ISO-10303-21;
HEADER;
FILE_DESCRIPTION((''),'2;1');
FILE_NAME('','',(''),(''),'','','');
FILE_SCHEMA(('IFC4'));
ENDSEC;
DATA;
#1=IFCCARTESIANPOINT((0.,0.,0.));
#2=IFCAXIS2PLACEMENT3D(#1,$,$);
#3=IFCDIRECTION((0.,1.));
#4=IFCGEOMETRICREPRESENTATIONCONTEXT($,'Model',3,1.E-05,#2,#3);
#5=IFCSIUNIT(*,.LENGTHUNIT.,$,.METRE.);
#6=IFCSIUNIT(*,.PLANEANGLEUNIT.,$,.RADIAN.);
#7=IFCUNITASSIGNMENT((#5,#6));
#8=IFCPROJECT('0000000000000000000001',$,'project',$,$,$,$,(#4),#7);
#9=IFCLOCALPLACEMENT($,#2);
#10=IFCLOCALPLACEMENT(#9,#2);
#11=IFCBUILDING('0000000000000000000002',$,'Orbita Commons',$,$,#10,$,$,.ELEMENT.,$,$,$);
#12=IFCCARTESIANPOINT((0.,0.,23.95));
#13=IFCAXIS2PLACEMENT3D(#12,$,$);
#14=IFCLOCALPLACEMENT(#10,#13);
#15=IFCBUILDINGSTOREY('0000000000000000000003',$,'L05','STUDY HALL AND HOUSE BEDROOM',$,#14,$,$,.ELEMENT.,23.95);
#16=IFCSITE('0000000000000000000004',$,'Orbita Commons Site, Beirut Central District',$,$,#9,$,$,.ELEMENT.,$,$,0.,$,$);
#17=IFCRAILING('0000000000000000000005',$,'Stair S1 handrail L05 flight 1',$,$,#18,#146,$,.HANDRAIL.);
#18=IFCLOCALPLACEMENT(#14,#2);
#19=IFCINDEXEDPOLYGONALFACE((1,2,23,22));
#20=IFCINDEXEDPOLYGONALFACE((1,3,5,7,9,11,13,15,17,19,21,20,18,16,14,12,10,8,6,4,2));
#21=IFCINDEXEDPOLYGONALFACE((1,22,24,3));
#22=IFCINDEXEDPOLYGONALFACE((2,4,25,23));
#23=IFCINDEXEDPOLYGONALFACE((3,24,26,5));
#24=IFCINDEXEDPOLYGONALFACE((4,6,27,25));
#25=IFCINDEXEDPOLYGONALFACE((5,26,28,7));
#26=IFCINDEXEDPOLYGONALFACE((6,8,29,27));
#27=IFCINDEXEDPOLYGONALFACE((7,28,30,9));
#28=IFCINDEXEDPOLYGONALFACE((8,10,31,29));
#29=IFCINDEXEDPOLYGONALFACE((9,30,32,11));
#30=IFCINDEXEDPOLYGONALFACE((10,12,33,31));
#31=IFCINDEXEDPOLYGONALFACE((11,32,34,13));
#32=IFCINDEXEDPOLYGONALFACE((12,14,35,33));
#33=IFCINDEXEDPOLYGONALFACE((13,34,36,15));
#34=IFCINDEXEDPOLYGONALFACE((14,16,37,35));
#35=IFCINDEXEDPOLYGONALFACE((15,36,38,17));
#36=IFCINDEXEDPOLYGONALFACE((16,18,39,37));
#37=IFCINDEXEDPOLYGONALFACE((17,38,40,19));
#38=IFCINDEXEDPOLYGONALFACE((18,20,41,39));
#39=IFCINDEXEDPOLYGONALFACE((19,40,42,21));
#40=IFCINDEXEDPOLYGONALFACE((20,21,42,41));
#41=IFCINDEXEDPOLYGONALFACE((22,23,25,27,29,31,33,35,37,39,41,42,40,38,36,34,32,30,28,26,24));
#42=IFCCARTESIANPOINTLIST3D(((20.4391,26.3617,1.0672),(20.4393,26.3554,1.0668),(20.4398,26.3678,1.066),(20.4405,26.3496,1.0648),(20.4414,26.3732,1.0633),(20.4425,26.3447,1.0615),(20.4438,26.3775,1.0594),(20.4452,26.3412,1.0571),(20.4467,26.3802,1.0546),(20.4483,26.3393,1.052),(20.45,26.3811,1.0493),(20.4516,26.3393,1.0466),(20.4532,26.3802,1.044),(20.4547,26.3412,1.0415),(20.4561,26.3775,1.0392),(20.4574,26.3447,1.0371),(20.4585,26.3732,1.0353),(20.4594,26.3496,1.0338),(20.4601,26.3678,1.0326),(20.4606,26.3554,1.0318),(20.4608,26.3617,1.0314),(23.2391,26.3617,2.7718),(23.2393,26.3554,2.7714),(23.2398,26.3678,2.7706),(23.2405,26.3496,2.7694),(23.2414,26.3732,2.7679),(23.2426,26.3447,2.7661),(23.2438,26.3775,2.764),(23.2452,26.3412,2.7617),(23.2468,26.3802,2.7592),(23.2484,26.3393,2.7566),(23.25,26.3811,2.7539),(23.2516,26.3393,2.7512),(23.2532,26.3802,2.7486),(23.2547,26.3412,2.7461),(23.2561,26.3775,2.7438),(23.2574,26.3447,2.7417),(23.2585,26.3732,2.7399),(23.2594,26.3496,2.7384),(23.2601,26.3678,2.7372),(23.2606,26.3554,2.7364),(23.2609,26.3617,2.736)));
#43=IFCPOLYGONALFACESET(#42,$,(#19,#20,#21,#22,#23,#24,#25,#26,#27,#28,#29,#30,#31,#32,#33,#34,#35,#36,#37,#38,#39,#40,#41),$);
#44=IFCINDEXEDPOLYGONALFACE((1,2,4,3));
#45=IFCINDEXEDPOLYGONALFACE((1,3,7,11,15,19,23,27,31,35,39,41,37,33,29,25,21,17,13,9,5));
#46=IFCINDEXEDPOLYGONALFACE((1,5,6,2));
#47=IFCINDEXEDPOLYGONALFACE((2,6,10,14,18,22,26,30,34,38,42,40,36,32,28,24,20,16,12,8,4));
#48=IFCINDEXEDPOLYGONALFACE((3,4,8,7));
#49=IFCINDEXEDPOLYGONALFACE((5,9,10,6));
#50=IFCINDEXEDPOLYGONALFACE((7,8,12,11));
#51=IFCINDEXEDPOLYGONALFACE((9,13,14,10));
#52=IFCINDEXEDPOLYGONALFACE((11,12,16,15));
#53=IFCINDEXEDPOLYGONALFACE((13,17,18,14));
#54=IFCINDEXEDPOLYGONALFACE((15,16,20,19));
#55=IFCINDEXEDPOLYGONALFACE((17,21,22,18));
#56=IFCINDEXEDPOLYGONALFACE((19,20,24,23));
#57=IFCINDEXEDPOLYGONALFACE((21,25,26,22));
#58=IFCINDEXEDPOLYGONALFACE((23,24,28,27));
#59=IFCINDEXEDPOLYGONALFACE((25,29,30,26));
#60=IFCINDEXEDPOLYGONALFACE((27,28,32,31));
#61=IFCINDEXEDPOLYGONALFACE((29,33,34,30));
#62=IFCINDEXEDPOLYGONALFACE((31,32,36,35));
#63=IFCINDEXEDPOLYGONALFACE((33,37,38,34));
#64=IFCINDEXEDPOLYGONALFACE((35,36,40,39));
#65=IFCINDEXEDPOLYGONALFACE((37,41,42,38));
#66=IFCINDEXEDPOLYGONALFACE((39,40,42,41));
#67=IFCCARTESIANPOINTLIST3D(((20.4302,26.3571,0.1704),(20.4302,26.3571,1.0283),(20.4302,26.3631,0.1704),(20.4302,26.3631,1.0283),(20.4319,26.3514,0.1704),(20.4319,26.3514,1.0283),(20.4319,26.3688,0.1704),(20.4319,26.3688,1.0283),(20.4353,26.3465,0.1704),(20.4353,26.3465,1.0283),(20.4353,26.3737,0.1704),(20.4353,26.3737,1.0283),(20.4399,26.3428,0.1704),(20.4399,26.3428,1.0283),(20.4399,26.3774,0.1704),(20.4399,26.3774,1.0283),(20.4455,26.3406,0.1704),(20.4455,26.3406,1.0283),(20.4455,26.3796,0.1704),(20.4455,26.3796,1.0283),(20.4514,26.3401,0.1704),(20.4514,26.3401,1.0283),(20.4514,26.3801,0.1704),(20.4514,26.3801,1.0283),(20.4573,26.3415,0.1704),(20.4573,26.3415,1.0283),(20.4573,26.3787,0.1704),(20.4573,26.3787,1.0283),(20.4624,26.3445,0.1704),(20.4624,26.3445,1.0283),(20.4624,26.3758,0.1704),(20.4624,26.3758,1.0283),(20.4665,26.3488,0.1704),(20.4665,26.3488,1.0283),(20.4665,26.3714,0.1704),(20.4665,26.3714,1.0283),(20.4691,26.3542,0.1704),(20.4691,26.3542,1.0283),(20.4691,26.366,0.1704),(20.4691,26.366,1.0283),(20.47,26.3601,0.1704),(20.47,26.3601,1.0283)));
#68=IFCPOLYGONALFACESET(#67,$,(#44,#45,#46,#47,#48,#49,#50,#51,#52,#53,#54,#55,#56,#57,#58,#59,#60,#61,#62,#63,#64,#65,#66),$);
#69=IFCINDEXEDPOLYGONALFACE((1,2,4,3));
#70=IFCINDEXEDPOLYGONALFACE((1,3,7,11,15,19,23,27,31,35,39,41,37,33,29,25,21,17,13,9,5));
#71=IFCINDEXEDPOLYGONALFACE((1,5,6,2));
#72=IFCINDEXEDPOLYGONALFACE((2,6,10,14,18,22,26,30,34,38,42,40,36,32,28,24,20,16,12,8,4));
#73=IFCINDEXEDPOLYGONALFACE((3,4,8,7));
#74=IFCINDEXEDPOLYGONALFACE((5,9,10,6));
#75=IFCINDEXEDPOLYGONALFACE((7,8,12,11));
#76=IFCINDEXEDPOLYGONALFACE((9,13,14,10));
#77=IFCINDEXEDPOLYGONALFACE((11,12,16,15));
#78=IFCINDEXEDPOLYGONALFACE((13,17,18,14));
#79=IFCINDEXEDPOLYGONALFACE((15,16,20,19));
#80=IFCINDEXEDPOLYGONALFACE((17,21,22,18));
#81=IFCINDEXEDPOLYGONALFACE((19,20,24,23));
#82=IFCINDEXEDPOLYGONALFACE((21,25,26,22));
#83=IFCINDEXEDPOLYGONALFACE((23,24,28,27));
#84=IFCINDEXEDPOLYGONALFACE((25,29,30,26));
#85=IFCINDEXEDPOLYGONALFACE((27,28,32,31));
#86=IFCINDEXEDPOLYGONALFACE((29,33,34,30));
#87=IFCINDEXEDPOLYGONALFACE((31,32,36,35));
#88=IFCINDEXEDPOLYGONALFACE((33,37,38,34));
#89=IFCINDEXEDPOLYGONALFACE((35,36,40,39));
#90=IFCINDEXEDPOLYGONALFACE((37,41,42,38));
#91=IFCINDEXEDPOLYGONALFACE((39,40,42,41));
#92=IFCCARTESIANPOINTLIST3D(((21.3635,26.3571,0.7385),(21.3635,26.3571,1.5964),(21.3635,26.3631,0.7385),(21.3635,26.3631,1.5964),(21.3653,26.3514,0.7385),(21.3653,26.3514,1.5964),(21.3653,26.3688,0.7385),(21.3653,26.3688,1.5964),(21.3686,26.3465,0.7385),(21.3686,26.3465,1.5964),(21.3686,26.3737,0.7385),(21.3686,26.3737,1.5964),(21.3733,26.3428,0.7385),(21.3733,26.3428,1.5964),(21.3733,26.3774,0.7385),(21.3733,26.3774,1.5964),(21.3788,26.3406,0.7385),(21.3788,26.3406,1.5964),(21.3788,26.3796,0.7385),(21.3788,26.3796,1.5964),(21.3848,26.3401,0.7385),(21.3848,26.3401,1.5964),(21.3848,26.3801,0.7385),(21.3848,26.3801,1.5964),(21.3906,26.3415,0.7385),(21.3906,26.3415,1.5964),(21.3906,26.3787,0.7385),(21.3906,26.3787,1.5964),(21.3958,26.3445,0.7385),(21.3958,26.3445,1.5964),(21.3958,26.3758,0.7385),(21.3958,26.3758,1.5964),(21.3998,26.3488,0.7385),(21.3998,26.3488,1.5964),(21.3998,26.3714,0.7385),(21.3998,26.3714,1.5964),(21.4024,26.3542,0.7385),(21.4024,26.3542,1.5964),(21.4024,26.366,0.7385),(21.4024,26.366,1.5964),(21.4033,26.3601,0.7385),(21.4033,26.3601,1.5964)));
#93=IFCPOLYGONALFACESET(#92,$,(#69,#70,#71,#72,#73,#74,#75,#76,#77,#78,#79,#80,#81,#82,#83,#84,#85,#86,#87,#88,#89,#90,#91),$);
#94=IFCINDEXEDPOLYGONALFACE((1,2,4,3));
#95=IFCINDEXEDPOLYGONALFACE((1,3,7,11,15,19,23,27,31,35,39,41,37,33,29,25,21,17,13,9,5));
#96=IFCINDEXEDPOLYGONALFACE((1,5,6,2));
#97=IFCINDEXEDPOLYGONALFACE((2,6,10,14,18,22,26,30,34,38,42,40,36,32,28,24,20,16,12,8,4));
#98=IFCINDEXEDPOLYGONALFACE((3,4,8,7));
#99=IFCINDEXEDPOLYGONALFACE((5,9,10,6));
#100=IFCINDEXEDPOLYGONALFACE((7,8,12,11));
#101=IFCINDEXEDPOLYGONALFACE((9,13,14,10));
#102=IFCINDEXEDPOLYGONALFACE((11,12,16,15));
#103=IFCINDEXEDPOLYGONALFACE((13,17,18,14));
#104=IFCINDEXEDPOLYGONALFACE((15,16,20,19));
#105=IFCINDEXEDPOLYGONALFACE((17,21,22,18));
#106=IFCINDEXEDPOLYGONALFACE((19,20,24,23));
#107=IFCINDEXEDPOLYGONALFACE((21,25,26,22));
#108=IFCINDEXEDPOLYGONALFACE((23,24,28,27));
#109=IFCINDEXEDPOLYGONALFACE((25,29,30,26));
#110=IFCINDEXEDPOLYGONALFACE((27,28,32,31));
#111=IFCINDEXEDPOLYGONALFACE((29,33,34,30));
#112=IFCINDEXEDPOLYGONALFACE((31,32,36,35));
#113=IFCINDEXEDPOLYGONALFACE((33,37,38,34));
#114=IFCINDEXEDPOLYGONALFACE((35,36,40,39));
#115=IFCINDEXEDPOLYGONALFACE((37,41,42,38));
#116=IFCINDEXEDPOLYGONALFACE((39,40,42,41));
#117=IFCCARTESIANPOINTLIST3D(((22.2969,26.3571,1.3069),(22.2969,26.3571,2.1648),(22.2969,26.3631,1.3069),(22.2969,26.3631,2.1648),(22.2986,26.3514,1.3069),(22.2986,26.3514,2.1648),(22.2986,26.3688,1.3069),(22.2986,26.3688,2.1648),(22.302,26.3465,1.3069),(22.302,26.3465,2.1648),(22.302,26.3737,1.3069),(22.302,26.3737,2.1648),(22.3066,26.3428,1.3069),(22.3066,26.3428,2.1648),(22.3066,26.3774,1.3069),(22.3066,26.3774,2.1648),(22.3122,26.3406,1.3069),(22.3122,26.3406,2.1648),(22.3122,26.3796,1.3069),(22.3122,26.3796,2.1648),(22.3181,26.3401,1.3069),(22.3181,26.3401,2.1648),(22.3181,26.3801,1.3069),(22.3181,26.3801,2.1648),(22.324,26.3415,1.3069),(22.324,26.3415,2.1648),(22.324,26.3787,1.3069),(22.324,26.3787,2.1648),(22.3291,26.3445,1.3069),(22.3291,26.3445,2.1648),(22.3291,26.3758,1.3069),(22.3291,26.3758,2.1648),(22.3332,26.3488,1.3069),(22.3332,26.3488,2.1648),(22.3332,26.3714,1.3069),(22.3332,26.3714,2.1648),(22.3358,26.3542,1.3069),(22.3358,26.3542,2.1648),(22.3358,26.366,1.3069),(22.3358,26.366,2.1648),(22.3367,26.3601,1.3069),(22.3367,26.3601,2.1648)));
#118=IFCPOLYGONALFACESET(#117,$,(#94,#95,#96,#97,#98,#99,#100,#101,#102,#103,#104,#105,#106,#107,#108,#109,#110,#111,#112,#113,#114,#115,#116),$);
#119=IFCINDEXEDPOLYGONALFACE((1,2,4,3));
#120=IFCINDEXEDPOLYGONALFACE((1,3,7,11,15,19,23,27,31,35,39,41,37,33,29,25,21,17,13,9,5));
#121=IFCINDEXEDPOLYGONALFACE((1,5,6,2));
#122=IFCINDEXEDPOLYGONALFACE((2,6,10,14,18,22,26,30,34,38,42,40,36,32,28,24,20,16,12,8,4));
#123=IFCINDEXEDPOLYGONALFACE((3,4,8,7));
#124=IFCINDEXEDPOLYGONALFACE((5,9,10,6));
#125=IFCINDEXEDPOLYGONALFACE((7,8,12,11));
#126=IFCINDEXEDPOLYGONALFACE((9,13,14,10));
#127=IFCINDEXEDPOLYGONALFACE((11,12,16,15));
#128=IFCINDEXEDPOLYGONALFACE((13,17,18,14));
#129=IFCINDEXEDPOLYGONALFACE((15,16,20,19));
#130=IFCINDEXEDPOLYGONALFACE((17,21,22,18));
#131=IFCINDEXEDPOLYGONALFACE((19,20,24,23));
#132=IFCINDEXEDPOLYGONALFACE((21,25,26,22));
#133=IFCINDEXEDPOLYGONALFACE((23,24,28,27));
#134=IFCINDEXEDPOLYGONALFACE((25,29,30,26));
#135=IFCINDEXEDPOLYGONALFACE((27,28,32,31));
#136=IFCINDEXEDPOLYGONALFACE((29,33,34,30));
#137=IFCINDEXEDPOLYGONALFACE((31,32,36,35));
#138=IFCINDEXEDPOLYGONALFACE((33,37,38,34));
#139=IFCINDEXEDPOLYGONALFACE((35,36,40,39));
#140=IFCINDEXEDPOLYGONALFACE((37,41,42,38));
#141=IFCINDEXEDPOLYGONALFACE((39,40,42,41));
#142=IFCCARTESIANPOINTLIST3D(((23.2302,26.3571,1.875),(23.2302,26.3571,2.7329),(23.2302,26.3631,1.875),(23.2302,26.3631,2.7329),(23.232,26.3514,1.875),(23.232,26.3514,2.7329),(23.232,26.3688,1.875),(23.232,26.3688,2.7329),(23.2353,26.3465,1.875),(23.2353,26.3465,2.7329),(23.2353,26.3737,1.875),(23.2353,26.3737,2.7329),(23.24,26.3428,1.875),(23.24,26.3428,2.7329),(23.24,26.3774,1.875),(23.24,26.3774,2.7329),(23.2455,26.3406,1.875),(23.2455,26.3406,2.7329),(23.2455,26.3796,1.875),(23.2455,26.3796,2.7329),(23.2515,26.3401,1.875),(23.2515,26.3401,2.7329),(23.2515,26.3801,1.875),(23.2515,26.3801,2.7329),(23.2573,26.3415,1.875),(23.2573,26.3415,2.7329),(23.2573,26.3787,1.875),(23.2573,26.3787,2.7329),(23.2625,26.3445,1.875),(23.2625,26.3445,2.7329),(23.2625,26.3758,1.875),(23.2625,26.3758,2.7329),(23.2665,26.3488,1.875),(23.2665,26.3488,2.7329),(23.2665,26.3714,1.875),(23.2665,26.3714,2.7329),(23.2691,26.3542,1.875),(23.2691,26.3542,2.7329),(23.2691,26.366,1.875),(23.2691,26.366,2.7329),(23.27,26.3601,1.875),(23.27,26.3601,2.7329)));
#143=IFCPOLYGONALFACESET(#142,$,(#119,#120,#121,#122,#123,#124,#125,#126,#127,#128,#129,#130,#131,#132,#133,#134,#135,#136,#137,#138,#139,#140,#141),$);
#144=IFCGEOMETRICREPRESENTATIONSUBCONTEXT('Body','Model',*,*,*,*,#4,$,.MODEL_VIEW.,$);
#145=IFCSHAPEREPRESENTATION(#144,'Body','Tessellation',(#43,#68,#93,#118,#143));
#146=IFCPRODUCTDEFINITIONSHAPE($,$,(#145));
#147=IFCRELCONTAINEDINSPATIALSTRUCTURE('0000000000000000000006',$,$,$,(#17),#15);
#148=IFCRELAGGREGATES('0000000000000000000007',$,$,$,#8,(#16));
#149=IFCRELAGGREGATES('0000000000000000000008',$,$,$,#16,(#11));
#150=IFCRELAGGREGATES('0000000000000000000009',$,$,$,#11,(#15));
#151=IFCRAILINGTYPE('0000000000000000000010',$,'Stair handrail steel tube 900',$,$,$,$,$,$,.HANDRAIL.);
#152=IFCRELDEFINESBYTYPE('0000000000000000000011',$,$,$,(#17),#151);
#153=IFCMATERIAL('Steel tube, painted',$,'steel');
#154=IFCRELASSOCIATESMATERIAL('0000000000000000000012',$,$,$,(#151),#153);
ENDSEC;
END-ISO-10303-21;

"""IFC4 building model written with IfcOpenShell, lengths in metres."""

from ifc_helpers import new_model, si_unit, direction, frame, origin, origin_2d, place, context, subcontext, project, spatial, circle, extrude, material, type_object, element, save


model = new_model("IFC4")

# Units and contexts
model_context = context("Model", 3, precision=1e-05, world=origin(), true_north=direction((0.0, 1.0)))
body_context = subcontext(model_context, "Body", "Model", "MODEL_VIEW")
ifc_project = project(units=[si_unit("LENGTHUNIT", "METRE"), si_unit("PLANEANGLEUNIT", "RADIAN")], contexts=[model_context])

# Site, building, storey
site_placement = place(None, origin())
site = spatial("IfcSite", under=ifc_project, at=site_placement, Name="Orbita Commons Site, Beirut Central District", CompositionType="ELEMENT", RefElevation=0.0)
building_placement = place(site_placement, origin())
building = spatial("IfcBuilding", under=site, at=building_placement, Name="Orbita Commons", CompositionType="ELEMENT")
storey_placement = place(building_placement, frame((0.0, 0.0, 23.95)))
storey = spatial("IfcBuildingStorey", under=building, at=storey_placement, Name="L05", Description="STUDY HALL AND HOUSE BEDROOM", CompositionType="ELEMENT", Elevation=23.95)

# Railing
ifc_material_1 = material(Name="Steel tube, painted", Category="steel")
railing_type = type_object("IfcRailingType", Name="Stair handrail steel tube 900", PredefinedType="HANDRAIL", material=ifc_material_1)
for number, where, name in (
    (1, (20.45, 26.3601, 0.1704), "Stair S1 handrail L05 flight 1"),
):
    element("IfcRailing", number, at=place(storey_placement, frame(where)), inside=storey, type_object=railing_type, Name=name, PredefinedType="HANDRAIL", context=body_context, shape_type="SweptSolid", body=[
        extrude(circle(Radius=0.021, at=origin_2d()), frame((0.0, 0.0, 0.8789), z_axis=(0.85417, 0.0, 0.519994), x_axis=(0.0, 1.0, 0.0)), (0.0, 0.0, 1.0), 3.2781),
        extrude(circle(Radius=0.02, at=origin_2d()), origin(), (0.0, 0.0, 1.0), 0.8579),
        extrude(circle(Radius=0.02, at=origin_2d()), frame((0.9333, 0.0, 0.5681)), (0.0, 0.0, 1.0), 0.8579),
        extrude(circle(Radius=0.02, at=origin_2d()), frame((1.8667, 0.0, 1.1365)), (0.0, 0.0, 1.0), 0.8579),
        extrude(circle(Radius=0.02, at=origin_2d()), frame((2.8, 0.0, 1.7046)), (0.0, 0.0, 1.0), 0.8579),
    ])

save(model, "model.ifc")
